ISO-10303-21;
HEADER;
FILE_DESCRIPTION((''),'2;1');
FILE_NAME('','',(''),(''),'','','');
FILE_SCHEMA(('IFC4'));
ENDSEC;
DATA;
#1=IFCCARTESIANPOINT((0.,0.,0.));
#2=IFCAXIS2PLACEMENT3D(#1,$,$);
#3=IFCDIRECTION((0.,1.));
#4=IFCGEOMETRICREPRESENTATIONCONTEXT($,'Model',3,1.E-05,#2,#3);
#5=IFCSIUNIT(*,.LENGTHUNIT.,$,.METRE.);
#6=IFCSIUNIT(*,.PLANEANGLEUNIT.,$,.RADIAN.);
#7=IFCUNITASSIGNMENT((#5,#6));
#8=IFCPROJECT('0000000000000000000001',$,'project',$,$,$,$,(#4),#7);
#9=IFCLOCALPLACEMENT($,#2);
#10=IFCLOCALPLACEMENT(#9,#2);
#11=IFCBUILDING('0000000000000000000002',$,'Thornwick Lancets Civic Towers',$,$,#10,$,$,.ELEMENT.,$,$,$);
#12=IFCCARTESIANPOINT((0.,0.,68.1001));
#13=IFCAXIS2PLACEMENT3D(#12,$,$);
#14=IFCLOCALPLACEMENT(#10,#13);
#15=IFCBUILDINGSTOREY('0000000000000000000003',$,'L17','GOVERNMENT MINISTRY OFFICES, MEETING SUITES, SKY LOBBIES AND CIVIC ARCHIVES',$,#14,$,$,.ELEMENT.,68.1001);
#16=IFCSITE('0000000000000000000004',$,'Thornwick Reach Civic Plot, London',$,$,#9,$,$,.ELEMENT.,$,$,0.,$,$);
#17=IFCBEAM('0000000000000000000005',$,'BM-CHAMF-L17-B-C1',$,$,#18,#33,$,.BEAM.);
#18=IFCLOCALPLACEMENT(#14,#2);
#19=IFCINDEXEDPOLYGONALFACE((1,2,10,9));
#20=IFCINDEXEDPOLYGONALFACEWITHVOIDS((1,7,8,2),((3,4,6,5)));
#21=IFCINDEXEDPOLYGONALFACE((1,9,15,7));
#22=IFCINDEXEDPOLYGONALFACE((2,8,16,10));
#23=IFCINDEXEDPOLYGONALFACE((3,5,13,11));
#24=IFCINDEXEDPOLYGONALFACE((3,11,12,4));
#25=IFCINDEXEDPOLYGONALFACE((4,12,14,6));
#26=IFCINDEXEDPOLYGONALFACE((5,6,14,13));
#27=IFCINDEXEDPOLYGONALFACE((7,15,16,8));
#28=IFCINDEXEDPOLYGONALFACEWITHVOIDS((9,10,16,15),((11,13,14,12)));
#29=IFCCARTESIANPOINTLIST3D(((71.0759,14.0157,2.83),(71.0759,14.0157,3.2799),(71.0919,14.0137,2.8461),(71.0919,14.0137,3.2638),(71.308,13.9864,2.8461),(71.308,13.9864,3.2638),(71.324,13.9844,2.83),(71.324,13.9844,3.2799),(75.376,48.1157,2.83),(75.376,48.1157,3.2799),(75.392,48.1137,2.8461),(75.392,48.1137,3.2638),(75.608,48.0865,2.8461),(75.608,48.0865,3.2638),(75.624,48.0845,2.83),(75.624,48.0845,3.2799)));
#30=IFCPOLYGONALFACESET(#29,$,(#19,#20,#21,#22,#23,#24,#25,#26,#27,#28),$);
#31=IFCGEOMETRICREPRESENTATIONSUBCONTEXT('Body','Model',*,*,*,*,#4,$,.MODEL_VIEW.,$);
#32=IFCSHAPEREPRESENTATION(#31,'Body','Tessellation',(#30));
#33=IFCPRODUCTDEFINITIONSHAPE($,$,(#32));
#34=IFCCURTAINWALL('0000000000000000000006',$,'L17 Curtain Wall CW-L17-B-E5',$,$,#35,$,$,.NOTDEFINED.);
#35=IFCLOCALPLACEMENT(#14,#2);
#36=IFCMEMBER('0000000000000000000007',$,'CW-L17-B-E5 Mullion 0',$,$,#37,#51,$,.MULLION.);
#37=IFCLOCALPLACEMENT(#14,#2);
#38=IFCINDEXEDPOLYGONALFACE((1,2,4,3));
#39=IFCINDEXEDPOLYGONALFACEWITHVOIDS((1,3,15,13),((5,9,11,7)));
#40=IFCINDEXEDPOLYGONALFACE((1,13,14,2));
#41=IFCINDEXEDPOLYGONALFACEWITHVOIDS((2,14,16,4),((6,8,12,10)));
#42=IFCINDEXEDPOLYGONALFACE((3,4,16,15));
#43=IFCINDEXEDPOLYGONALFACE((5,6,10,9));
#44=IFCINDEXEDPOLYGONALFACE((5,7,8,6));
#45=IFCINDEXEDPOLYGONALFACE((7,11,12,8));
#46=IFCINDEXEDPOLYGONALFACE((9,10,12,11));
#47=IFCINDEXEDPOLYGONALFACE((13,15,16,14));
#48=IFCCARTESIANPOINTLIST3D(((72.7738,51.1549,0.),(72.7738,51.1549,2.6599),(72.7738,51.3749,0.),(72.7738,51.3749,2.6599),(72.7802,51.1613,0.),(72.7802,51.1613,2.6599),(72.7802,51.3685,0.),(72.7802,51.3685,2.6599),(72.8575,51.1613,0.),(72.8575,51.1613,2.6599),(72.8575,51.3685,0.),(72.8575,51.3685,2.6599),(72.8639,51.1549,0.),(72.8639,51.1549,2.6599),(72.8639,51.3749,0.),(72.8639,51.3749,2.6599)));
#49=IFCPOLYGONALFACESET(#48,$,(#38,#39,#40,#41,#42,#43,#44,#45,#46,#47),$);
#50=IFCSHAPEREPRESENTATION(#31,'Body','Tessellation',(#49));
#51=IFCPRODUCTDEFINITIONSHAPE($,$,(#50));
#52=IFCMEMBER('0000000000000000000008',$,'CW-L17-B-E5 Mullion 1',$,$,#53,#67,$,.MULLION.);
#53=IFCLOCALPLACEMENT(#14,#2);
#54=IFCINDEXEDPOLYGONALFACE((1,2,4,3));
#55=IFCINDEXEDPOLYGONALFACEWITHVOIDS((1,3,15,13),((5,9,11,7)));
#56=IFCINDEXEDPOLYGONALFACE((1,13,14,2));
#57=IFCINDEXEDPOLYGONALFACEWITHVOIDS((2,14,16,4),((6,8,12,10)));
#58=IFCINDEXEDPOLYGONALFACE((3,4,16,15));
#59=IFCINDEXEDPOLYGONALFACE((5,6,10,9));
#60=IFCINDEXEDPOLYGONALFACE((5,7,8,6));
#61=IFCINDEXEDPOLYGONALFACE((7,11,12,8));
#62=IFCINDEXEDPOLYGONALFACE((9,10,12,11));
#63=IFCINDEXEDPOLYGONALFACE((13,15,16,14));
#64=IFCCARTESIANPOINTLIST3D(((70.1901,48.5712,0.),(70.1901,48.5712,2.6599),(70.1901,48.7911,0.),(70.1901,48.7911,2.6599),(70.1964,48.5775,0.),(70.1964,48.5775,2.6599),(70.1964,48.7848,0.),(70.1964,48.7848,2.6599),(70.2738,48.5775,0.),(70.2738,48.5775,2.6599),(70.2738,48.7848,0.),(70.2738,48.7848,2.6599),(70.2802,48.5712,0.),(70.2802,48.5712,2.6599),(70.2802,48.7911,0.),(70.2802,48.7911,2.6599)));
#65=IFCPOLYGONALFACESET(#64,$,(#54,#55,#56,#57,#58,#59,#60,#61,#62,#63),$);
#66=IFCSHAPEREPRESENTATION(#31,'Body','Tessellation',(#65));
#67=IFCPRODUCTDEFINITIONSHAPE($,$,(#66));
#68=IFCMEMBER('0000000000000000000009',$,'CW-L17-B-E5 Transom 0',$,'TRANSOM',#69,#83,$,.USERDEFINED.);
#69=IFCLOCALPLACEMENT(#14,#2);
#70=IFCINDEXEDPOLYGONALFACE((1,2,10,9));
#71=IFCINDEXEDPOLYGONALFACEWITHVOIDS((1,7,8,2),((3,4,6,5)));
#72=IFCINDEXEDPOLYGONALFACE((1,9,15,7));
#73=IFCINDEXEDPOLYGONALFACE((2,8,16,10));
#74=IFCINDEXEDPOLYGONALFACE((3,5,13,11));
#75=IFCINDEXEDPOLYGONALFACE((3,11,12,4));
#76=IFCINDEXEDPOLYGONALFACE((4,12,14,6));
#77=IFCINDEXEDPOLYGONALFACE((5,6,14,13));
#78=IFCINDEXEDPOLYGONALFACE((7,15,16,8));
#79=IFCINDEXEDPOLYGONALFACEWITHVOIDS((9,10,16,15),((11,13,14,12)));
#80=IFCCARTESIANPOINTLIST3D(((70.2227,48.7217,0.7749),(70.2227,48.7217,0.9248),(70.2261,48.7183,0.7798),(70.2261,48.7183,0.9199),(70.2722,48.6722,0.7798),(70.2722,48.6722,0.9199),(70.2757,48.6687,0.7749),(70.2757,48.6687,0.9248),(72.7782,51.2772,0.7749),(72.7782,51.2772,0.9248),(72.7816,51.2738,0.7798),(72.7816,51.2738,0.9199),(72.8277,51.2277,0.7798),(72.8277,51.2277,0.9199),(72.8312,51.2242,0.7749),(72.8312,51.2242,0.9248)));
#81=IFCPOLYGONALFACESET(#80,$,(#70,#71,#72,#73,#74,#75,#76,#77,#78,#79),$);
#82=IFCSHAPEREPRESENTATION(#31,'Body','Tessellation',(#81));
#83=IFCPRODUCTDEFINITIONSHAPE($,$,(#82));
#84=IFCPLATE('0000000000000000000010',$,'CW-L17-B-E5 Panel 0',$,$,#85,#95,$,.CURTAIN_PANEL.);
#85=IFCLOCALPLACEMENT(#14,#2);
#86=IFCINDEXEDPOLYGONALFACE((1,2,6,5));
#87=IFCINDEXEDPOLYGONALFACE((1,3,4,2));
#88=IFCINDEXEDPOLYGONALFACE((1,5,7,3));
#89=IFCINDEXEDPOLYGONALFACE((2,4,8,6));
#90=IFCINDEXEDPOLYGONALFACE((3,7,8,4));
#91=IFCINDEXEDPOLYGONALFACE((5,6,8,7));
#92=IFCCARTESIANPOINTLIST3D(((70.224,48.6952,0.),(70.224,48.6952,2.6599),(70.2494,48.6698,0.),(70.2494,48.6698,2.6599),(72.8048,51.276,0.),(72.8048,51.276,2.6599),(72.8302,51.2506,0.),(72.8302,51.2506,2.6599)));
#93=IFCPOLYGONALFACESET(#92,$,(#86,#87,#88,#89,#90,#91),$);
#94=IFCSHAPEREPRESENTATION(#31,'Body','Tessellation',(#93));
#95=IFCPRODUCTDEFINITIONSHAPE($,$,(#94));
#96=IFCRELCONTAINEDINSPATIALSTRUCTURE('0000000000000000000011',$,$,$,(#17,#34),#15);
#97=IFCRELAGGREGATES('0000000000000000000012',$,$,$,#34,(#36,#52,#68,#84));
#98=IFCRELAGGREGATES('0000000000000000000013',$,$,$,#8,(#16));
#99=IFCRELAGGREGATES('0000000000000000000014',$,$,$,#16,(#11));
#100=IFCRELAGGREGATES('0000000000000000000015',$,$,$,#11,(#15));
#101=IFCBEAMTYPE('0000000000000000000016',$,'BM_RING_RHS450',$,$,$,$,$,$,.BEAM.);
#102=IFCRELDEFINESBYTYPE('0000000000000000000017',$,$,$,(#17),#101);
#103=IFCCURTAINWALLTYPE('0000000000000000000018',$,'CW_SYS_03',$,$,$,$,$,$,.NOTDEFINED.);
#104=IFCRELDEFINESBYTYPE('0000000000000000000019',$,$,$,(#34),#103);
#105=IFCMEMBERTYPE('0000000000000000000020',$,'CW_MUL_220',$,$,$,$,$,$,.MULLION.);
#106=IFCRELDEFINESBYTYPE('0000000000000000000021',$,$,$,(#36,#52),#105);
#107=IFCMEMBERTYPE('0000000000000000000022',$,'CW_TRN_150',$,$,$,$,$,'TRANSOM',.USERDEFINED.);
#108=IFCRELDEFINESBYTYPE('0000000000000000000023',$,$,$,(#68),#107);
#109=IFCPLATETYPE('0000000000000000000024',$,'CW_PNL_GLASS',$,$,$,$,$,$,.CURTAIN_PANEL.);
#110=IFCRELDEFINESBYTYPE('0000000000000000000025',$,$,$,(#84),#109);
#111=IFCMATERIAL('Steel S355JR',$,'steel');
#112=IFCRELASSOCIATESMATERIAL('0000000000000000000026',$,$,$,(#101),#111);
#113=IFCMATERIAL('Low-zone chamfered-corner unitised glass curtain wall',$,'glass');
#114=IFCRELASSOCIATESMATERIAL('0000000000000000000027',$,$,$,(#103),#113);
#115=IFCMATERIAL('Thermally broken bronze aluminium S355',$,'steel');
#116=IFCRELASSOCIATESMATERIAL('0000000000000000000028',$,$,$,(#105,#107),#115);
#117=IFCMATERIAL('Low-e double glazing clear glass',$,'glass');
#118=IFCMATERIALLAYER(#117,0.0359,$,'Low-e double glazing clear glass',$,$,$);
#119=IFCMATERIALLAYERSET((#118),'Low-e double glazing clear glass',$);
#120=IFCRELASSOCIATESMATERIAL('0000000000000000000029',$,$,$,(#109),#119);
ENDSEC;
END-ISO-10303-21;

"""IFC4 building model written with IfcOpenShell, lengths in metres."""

from ifc_helpers import new_model, si_unit, direction, frame, origin, origin_2d, place, context, subcontext, project, spatial, rectangle, hollow_rectangle, extrude, material, layer, layer_set, material_profile, profile_set, type_object, element, aggregate, save


model = new_model("IFC4")

# Units and contexts
model_context = context("Model", 3, precision=1e-05, world=origin(), true_north=direction((0.0, 1.0)))
body_context = subcontext(model_context, "Body", "Model", "MODEL_VIEW")
ifc_project = project(units=[si_unit("LENGTHUNIT", "METRE"), si_unit("PLANEANGLEUNIT", "RADIAN")], contexts=[model_context])

# Site, building, storey
site_placement = place(None, origin())
site = spatial("IfcSite", under=ifc_project, at=site_placement, Name="Thornwick Reach Civic Plot, London", CompositionType="ELEMENT", RefElevation=0.0)
building_placement = place(site_placement, origin())
building = spatial("IfcBuilding", under=site, at=building_placement, Name="Thornwick Lancets Civic Towers", CompositionType="ELEMENT")
storey_placement = place(building_placement, frame((0.0, 0.0, 68.1001)))
storey = spatial("IfcBuildingStorey", under=building, at=storey_placement, Name="L17", Description="GOVERNMENT MINISTRY OFFICES, MEETING SUITES, SKY LOBBIES AND CIVIC ARCHIVES", CompositionType="ELEMENT", Elevation=68.1001)

# Beam
ifc_material_1 = material(Name="Steel S355JR", Category="steel")
ifc_material_profile_1 = material_profile(ifc_material_1, hollow_rectangle(XDim=0.25, YDim=0.45, WallThickness=0.0161, at=origin_2d()), Name="RHS 450x250x16")
ifc_profile_set_1 = profile_set([ifc_material_profile_1], Name="Steel S355JR")
beam_type_1 = type_object("IfcBeamType", Name="BM_RING_RHS450", PredefinedType="BEAM", material=ifc_profile_set_1)
beam_1_placement = place(storey_placement, frame((75.5, 48.1001, 3.0549), z_axis=(-0.12511, -0.992143, 0.0), x_axis=(0.992143, -0.12511, 0.0)))
element("IfcBeam", 1, at=beam_1_placement, inside=storey, type_object=beam_type_1, Name="BM-CHAMF-L17-B-C1", PredefinedType="BEAM", context=body_context, shape_type="SweptSolid", body=[
    extrude(hollow_rectangle(XDim=0.25, YDim=0.45, WallThickness=0.0161, at=origin_2d()), origin(), (0.0, 0.0, 1.0), 34.3701),
])

# Curtain wall, members, plate
ifc_material_2 = material(Name="Low-zone chamfered-corner unitised glass curtain wall", Category="glass")
curtain_wall_type = type_object("IfcCurtainWallType", Name="CW_SYS_03", PredefinedType="NOTDEFINED", material=ifc_material_2)
curtain_wall_placement = place(storey_placement, origin())
curtain_wall = element("IfcCurtainWall", 2, at=curtain_wall_placement, inside=storey, type_object=curtain_wall_type, Name="L17 Curtain Wall CW-L17-B-E5", PredefinedType="NOTDEFINED")
ifc_material_3 = material(Name="Thermally broken bronze aluminium S355", Category="steel")
ifc_material_profile_2 = material_profile(ifc_material_3, hollow_rectangle(XDim=0.0901, YDim=0.22, WallThickness=0.0063, at=origin_2d()), Name="RHS 220x90x6.3")
ifc_profile_set_2 = profile_set([ifc_material_profile_2], Name="Thermally broken bronze aluminium S355")
member_type_1 = type_object("IfcMemberType", Name="CW_MUL_220", PredefinedType="MULLION", material=ifc_profile_set_2)
member_1_placement = place(storey_placement, frame((72.8188, 51.2649, 0.0), z_axis=(0.0, 0.0, 1.0), x_axis=(1.0, 0.0, 0.0)))
member_1 = element("IfcMember", 3, at=member_1_placement, type_object=member_type_1, Name="CW-L17-B-E5 Mullion 0", PredefinedType="MULLION", context=body_context, shape_type="SweptSolid", body=[
    extrude(hollow_rectangle(XDim=0.0901, YDim=0.22, WallThickness=0.0063, at=origin_2d()), origin(), (0.0, 0.0, 1.0), 2.6599),
])
member_2_placement = place(storey_placement, frame((70.2351, 48.6812, 0.0), z_axis=(0.0, 0.0, 1.0), x_axis=(1.0, 0.0, 0.0)))
member_2 = element("IfcMember", 4, at=member_2_placement, type_object=member_type_1, Name="CW-L17-B-E5 Mullion 1", PredefinedType="MULLION", context=body_context, shape_type="SweptSolid", body=[
    extrude(hollow_rectangle(XDim=0.0901, YDim=0.22, WallThickness=0.0063, at=origin_2d()), origin(), (0.0, 0.0, 1.0), 2.6599),
])
ifc_material_profile_3 = material_profile(ifc_material_3, hollow_rectangle(XDim=0.075, YDim=0.1499, WallThickness=0.0049, at=origin_2d()), Name="RHS 150x75x5")
ifc_profile_set_3 = profile_set([ifc_material_profile_3], Name="Thermally broken bronze aluminium S355")
member_type_2 = type_object("IfcMemberType", Name="CW_TRN_150", ElementType="TRANSOM", PredefinedType="USERDEFINED", material=ifc_profile_set_3)
member_3_placement = place(storey_placement, frame((72.8047, 51.2507, 0.8499), z_axis=(-0.707107, -0.707107, 0.0), x_axis=(0.707107, -0.707107, 0.0)))
member_3 = element("IfcMember", 5, at=member_3_placement, type_object=member_type_2, Name="CW-L17-B-E5 Transom 0", ObjectType="TRANSOM", PredefinedType="USERDEFINED", context=body_context, shape_type="SweptSolid", body=[
    extrude(hollow_rectangle(XDim=0.075, YDim=0.1499, WallThickness=0.0049, at=origin_2d()), origin(), (0.0, 0.0, 1.0), 3.614),
])
ifc_material_4 = material(Name="Low-e double glazing clear glass", Category="glass")
ifc_layer_1 = layer(ifc_material_4, 0.0359, Name="Low-e double glazing clear glass")
ifc_layer_set_1 = layer_set([ifc_layer_1], Name="Low-e double glazing clear glass")
plate_type = type_object("IfcPlateType", Name="CW_PNL_GLASS", PredefinedType="CURTAIN_PANEL", material=ifc_layer_set_1)
plate_placement = place(storey_placement, frame((71.5271, 49.9729, 0.0), z_axis=(0.0, 0.0, 1.0), x_axis=(-0.707107, -0.707107, 0.0)))
plate = element("IfcPlate", 6, at=plate_placement, type_object=plate_type, Name="CW-L17-B-E5 Panel 0", PredefinedType="CURTAIN_PANEL", context=body_context, shape_type="SweptSolid", body=[
    extrude(rectangle(XDim=3.6499, YDim=0.0359, at=origin_2d()), origin(), (0.0, 0.0, 1.0), 2.6599),
])
aggregate(curtain_wall, [member_1, member_2, member_3, plate])

save(model, "model.ifc")
